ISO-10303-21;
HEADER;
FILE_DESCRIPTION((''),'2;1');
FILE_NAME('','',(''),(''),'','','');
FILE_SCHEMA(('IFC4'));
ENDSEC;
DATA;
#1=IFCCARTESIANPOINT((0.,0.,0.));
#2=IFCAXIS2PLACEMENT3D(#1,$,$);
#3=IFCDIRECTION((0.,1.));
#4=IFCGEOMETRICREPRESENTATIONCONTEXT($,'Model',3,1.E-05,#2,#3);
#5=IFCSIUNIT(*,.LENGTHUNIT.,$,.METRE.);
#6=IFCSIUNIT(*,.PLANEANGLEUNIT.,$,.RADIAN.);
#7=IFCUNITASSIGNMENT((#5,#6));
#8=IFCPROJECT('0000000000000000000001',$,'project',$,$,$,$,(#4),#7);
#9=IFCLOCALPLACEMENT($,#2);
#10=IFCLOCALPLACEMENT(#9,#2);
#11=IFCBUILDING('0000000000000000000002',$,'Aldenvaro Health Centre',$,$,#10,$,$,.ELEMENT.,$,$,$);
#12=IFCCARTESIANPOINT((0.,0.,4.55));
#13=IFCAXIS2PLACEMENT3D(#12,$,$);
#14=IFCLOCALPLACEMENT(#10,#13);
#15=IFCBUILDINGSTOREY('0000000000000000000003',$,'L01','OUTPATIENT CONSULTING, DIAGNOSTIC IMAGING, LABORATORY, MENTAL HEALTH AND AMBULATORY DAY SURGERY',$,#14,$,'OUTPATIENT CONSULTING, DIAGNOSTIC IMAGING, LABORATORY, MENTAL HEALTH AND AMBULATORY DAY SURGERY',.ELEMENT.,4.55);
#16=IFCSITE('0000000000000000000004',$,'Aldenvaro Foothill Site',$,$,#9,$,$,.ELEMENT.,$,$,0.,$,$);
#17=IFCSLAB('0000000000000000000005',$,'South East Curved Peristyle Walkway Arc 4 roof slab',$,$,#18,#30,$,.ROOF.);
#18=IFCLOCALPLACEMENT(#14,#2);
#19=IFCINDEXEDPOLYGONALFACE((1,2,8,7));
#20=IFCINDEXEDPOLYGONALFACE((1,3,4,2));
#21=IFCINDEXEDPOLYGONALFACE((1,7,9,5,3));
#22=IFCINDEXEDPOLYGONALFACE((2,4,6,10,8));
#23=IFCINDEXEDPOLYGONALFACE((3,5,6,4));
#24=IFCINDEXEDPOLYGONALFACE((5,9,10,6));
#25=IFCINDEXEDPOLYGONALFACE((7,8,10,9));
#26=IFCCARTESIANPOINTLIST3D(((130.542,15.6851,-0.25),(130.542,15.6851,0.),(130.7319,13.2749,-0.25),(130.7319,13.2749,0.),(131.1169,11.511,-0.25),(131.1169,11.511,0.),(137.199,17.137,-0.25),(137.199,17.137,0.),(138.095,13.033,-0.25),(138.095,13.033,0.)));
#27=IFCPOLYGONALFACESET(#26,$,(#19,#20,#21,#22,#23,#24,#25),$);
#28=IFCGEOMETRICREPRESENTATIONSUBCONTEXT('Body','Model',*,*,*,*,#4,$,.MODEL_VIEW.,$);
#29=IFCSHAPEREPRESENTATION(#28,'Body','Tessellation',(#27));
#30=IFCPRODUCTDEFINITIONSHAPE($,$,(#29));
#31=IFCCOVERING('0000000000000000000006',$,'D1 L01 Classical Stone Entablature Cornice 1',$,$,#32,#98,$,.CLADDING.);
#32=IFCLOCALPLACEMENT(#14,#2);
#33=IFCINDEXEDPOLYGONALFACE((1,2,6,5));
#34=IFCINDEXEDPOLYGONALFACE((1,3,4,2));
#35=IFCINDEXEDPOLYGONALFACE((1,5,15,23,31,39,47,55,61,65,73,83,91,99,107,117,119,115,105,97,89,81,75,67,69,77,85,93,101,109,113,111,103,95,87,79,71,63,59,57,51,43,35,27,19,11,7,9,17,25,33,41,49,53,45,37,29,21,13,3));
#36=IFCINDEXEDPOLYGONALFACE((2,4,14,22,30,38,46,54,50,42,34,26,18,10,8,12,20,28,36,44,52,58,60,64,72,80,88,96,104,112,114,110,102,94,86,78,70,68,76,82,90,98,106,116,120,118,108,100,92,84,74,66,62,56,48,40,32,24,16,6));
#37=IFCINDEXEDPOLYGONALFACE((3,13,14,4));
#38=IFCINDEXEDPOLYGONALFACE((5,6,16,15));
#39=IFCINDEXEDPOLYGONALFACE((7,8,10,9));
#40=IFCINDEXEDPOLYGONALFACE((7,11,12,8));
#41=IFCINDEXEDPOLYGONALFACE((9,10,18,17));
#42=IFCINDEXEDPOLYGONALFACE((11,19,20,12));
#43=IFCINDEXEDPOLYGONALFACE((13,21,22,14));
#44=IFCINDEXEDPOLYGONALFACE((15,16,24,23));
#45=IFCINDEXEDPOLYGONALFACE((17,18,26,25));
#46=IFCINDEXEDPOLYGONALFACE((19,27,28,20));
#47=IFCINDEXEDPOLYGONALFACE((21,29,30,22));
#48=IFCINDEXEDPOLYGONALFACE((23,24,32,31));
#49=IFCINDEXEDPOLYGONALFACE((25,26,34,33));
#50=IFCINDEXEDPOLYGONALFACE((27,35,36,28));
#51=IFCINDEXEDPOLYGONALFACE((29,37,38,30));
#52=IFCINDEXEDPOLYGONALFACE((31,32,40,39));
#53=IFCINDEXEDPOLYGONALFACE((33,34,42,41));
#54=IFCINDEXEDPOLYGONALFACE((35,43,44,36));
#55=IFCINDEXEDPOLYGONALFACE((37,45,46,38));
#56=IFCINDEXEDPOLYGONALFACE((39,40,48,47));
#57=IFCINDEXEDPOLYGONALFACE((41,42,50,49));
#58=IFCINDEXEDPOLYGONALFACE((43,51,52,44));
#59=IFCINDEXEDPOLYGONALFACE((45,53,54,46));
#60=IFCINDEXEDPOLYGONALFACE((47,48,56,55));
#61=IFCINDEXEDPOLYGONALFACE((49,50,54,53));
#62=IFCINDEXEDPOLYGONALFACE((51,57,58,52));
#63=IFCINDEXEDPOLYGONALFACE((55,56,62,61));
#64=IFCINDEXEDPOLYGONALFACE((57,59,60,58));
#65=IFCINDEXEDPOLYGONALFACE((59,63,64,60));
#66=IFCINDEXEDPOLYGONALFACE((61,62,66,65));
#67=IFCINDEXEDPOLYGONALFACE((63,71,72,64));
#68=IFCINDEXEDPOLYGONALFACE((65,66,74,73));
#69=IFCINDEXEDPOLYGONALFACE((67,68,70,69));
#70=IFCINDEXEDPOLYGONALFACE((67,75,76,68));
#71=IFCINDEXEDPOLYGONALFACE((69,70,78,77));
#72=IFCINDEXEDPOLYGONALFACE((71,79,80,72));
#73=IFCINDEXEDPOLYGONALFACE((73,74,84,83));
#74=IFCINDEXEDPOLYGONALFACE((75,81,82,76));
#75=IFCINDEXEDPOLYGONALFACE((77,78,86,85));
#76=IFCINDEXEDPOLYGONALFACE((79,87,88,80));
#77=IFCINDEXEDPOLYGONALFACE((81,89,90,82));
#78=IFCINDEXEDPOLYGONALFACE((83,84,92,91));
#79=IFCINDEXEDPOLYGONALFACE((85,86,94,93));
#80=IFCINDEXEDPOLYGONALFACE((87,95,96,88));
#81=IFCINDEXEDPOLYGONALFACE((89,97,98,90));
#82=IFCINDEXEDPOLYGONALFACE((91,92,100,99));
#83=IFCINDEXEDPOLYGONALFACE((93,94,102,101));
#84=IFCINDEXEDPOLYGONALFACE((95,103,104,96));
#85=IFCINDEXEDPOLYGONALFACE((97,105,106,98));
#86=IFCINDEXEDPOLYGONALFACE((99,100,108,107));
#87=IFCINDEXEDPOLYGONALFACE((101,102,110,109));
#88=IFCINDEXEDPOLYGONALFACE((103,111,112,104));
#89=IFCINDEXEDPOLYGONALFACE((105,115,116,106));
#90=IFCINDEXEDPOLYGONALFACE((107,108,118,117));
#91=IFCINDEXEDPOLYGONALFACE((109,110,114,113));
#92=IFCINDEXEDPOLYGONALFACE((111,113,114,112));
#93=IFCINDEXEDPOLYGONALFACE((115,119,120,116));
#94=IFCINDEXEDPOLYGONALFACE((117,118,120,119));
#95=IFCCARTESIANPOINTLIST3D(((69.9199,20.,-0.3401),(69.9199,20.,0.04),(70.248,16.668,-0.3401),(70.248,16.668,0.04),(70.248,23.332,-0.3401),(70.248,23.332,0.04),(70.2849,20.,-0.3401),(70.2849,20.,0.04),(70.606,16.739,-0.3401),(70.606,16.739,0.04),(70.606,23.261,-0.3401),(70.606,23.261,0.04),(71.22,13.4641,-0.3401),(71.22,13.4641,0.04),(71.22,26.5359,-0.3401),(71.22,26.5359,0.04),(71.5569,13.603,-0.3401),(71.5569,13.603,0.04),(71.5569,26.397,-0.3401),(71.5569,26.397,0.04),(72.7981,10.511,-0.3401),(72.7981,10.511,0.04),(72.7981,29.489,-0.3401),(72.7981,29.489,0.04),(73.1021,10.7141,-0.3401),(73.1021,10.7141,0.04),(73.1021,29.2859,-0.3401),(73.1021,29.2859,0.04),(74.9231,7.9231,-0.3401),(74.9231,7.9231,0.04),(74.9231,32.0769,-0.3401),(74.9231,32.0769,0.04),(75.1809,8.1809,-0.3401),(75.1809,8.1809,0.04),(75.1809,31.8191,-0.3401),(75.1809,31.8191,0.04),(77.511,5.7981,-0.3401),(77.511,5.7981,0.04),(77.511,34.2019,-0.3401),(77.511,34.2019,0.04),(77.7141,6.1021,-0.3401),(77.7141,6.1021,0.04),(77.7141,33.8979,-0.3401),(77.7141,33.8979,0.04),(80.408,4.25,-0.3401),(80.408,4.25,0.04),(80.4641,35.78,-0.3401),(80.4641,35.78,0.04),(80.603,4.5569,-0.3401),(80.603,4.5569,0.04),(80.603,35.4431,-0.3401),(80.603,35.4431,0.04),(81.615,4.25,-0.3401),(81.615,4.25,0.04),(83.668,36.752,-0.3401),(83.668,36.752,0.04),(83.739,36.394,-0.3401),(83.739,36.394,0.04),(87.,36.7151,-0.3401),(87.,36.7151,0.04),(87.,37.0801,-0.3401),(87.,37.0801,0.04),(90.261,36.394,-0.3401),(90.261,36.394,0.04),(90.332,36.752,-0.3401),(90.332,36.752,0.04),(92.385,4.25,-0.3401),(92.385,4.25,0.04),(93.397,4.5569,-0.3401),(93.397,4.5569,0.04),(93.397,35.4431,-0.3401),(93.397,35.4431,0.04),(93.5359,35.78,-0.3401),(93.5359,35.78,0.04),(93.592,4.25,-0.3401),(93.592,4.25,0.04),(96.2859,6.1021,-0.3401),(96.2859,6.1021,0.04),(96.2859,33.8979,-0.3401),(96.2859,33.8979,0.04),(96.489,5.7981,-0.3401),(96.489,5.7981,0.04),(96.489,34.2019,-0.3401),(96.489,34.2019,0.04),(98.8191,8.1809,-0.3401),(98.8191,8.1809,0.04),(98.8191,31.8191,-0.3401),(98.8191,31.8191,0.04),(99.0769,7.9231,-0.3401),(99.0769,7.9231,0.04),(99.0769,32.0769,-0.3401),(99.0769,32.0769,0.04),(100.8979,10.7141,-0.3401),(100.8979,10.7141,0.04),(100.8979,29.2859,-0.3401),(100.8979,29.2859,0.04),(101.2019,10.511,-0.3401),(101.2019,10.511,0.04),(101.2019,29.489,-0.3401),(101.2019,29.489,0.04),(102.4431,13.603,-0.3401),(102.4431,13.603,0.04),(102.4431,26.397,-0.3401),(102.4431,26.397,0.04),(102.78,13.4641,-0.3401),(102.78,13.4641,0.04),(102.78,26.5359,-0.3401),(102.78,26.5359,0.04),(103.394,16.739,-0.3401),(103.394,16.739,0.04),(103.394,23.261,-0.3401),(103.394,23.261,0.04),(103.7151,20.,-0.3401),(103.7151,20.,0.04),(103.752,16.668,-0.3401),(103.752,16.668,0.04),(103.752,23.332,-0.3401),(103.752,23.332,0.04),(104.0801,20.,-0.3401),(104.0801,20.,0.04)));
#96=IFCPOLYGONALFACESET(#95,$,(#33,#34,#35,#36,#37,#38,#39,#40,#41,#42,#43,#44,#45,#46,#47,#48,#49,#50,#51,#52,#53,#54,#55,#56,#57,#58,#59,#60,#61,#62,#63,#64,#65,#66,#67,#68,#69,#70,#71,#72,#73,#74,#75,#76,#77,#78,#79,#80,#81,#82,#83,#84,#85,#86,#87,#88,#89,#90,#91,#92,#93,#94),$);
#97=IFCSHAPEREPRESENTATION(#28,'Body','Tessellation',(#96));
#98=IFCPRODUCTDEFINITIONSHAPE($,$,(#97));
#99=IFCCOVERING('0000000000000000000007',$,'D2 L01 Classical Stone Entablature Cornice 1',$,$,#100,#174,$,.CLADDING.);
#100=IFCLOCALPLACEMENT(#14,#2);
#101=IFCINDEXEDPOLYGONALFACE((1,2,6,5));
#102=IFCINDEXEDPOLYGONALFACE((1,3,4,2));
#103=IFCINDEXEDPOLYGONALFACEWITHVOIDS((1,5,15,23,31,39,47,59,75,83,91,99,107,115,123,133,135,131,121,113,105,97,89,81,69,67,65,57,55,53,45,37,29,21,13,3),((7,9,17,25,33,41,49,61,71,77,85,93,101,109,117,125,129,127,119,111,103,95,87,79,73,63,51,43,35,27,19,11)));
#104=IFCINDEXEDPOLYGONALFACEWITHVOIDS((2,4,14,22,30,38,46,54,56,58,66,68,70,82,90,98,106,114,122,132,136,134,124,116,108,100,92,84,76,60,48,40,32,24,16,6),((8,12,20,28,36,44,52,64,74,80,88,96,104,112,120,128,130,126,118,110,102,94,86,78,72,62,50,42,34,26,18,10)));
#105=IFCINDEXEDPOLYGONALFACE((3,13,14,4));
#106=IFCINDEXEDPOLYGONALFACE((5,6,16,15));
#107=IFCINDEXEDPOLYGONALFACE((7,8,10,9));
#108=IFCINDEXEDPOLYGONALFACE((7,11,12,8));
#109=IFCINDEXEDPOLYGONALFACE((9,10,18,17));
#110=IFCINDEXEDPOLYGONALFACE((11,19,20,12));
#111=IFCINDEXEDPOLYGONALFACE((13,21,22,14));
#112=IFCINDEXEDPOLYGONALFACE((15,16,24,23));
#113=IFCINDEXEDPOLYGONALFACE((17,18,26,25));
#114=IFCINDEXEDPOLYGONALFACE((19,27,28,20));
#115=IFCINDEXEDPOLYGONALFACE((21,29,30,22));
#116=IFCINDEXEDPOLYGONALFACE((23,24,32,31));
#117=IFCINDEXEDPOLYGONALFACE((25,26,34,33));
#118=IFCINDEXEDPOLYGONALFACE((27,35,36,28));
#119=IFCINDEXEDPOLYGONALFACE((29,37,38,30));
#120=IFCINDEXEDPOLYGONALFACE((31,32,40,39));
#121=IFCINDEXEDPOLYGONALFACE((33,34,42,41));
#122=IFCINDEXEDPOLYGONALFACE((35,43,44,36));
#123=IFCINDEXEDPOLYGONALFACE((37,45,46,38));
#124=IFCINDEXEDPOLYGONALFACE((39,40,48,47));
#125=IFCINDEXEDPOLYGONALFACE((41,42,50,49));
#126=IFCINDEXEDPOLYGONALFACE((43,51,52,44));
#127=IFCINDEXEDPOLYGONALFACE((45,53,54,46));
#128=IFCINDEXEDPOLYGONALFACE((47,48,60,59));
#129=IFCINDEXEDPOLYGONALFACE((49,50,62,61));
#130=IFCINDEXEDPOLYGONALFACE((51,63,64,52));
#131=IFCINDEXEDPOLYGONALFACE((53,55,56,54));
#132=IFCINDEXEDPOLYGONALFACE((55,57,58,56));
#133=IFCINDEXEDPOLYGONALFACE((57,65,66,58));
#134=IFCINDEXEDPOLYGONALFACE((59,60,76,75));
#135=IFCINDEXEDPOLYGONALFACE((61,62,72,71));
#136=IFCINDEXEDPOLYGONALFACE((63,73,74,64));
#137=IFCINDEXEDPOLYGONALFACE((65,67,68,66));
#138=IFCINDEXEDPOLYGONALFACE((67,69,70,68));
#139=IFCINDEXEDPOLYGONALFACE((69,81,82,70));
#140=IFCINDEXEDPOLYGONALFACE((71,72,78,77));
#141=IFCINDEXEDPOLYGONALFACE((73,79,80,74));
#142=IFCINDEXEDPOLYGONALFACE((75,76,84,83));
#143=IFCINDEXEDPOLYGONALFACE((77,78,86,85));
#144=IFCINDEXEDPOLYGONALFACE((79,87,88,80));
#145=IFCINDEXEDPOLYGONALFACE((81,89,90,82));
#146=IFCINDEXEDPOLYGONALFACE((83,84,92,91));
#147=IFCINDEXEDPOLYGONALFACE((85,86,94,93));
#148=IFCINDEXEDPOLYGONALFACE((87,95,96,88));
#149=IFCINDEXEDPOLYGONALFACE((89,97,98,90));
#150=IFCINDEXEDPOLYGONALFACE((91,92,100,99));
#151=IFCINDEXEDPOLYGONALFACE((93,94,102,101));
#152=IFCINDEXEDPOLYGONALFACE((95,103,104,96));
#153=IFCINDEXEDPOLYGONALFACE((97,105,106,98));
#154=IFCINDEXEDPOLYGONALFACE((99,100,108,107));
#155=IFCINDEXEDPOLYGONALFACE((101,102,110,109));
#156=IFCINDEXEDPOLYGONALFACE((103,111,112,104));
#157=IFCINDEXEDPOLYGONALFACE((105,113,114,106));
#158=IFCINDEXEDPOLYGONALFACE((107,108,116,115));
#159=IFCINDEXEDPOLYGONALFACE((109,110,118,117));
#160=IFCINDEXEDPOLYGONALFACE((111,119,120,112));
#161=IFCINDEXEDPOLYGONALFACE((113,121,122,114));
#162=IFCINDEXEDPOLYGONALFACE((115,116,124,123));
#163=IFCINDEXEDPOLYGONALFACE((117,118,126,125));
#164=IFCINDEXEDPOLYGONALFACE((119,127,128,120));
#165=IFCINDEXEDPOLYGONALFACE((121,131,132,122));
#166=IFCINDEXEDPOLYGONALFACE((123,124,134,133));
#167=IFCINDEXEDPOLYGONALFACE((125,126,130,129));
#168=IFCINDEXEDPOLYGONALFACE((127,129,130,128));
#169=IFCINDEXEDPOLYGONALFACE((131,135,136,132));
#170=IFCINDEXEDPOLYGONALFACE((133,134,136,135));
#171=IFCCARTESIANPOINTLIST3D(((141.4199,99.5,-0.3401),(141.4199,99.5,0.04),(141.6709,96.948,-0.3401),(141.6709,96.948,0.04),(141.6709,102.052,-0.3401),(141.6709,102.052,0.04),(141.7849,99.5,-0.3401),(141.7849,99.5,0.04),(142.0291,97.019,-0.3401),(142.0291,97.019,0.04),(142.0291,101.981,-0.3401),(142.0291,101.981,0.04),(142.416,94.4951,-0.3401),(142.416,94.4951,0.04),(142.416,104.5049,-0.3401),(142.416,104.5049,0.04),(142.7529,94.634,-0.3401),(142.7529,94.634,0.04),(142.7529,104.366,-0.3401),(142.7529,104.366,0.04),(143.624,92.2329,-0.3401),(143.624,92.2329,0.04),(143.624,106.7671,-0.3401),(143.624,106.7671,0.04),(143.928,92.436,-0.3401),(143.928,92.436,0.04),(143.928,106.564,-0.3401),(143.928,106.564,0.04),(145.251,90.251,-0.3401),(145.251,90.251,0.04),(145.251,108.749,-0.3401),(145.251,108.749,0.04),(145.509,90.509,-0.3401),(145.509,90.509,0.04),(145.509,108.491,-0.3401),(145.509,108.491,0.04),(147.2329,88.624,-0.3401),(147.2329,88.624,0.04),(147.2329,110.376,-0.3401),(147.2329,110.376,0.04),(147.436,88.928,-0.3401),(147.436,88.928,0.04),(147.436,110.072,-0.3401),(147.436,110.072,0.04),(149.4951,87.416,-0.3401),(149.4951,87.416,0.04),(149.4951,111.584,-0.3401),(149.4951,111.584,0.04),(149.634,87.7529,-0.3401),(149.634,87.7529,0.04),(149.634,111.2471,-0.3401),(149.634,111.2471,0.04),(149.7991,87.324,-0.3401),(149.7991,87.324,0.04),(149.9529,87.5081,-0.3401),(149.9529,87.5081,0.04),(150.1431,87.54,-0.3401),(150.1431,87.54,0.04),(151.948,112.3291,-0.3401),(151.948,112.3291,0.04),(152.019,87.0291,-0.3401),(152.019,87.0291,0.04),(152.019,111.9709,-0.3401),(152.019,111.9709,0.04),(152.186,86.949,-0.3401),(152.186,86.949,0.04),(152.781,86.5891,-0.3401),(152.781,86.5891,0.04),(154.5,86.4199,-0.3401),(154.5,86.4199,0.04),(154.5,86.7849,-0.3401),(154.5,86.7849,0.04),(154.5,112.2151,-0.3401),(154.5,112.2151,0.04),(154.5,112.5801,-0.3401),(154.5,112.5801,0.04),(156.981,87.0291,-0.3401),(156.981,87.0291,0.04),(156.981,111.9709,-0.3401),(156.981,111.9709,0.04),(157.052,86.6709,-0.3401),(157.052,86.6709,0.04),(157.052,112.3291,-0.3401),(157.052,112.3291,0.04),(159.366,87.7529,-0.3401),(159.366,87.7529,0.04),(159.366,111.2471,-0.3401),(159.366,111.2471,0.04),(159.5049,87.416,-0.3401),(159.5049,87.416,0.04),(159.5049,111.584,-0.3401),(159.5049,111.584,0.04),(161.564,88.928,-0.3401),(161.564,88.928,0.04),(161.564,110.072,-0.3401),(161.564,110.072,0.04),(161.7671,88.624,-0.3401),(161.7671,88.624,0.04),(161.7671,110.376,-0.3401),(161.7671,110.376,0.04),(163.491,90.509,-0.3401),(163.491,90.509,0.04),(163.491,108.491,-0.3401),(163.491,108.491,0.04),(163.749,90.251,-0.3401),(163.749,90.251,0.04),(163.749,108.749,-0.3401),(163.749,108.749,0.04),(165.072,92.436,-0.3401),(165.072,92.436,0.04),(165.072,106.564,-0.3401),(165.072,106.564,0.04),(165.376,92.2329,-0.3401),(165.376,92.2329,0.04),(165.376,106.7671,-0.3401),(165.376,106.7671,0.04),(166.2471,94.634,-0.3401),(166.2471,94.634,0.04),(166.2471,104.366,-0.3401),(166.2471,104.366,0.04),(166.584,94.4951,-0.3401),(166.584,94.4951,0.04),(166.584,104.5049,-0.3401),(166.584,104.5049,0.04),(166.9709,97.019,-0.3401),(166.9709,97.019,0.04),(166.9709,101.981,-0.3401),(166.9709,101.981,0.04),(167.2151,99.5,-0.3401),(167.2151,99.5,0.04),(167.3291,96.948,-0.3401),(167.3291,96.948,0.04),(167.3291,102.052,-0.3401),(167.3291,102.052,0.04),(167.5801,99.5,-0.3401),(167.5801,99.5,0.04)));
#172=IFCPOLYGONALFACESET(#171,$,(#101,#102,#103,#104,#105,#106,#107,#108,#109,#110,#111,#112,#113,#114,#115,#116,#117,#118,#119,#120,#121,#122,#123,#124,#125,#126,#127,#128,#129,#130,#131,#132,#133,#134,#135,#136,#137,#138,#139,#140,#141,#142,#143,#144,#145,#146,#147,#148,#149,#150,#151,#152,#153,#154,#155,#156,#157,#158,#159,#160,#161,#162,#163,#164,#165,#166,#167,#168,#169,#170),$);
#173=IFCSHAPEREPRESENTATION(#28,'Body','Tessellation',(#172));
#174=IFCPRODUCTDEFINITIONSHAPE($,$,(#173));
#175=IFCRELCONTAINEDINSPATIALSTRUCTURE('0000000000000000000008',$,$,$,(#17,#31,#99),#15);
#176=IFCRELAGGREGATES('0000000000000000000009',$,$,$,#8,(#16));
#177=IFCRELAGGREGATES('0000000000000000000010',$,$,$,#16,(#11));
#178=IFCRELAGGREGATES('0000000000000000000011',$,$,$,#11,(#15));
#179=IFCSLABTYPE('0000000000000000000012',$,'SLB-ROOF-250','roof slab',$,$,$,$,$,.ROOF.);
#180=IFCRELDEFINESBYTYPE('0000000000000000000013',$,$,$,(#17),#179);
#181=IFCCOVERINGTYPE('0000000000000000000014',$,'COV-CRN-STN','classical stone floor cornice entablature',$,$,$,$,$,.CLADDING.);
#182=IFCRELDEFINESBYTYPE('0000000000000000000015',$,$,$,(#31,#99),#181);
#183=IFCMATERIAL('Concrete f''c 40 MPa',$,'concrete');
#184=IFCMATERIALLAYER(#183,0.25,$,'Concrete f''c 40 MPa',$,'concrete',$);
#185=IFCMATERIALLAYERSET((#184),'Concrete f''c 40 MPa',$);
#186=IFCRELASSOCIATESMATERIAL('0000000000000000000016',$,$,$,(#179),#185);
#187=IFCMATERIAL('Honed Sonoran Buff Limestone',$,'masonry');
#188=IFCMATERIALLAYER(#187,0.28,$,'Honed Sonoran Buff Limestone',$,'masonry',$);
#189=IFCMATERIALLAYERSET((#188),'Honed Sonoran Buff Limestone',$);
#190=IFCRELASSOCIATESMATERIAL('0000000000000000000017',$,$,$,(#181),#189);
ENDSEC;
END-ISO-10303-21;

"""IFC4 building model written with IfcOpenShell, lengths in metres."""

from ifc_helpers import new_model, si_unit, direction, frame, origin, place, context, subcontext, project, spatial, polyline, outline, extrude, material, layer, layer_set, type_object, element, save


model = new_model("IFC4")

# Units and contexts
model_context = context("Model", 3, precision=1e-05, world=origin(), true_north=direction((0.0, 1.0)))
body_context = subcontext(model_context, "Body", "Model", "MODEL_VIEW")
ifc_project = project(units=[si_unit("LENGTHUNIT", "METRE"), si_unit("PLANEANGLEUNIT", "RADIAN")], contexts=[model_context])

# Site, building, storey
site_placement = place(None, origin())
site = spatial("IfcSite", under=ifc_project, at=site_placement, Name="Aldenvaro Foothill Site", CompositionType="ELEMENT", RefElevation=0.0)
building_placement = place(site_placement, origin())
building = spatial("IfcBuilding", under=site, at=building_placement, Name="Aldenvaro Health Centre", CompositionType="ELEMENT")
storey_placement = place(building_placement, frame((0.0, 0.0, 4.55)))
storey = spatial("IfcBuildingStorey", under=building, at=storey_placement, Name="L01", Description="OUTPATIENT CONSULTING, DIAGNOSTIC IMAGING, LABORATORY, MENTAL HEALTH AND AMBULATORY DAY SURGERY", LongName="OUTPATIENT CONSULTING, DIAGNOSTIC IMAGING, LABORATORY, MENTAL HEALTH AND AMBULATORY DAY SURGERY", CompositionType="ELEMENT", Elevation=4.55)

# Slab
ifc_material_1 = material(Name="Concrete f'c 40 MPa", Category="concrete")
ifc_layer_1 = layer(ifc_material_1, 0.25, Name="Concrete f'c 40 MPa", Category="concrete")
ifc_layer_set_1 = layer_set([ifc_layer_1], Name="Concrete f'c 40 MPa")
slab_type = type_object("IfcSlabType", Name="SLB-ROOF-250", Description="roof slab", PredefinedType="ROOF", material=ifc_layer_set_1)
slab_1_placement = place(storey_placement, frame((0.0, 0.0, -0.25)))
element("IfcSlab", 1, at=slab_1_placement, inside=storey, type_object=slab_type, Name="South East Curved Peristyle Walkway Arc 4 roof slab", PredefinedType="ROOF", context=body_context, shape_type="SweptSolid", body=[
    extrude(outline(polyline([(137.199, 17.137), (138.095, 13.033), (131.1169, 11.511), (130.7319, 13.2749), (130.542, 15.6851), (137.199, 17.137)])), origin(), (0.0, 0.0, 1.0), 0.25),
])

# Coverings
ifc_material_2 = material(Name="Honed Sonoran Buff Limestone", Category="masonry")
ifc_layer_2 = layer(ifc_material_2, 0.28, Name="Honed Sonoran Buff Limestone", Category="masonry")
ifc_layer_set_2 = layer_set([ifc_layer_2], Name="Honed Sonoran Buff Limestone")
covering_type = type_object("IfcCoveringType", Name="COV-CRN-STN", Description="classical stone floor cornice entablature", PredefinedType="CLADDING", material=ifc_layer_set_2)
covering_1_placement = place(storey_placement, frame((0.0, 0.0, -0.3401)))
element("IfcCovering", 2, at=covering_1_placement, inside=storey, type_object=covering_type, Name="D1 L01 Classical Stone Entablature Cornice 1", PredefinedType="CLADDING", context=body_context, shape_type="SweptSolid", body=[
    extrude(outline(polyline([(77.511, 5.7981), (74.9231, 7.9231), (72.7981, 10.511), (71.22, 13.4641), (70.248, 16.668), (69.9199, 20.0), (70.248, 23.332), (71.22, 26.5359), (72.7981, 29.489), (74.9231, 32.0769), (77.511, 34.2019), (80.4641, 35.78), (83.668, 36.752), (87.0, 37.0801), (90.332, 36.752), (93.5359, 35.78), (96.489, 34.2019), (99.0769, 32.0769), (101.2019, 29.489), (102.78, 26.5359), (103.752, 23.332), (104.0801, 20.0), (103.752, 16.668), (102.78, 13.4641), (101.2019, 10.511), (99.0769, 7.9231), (96.489, 5.7981), (93.592, 4.25), (92.385, 4.25), (93.397, 4.5569), (96.2859, 6.1021), (98.8191, 8.1809), (100.8979, 10.7141), (102.4431, 13.603), (103.394, 16.739), (103.7151, 20.0), (103.394, 23.261), (102.4431, 26.397), (100.8979, 29.2859), (98.8191, 31.8191), (96.2859, 33.8979), (93.397, 35.4431), (90.261, 36.394), (87.0, 36.7151), (83.739, 36.394), (80.603, 35.4431), (77.7141, 33.8979), (75.1809, 31.8191), (73.1021, 29.2859), (71.5569, 26.397), (70.606, 23.261), (70.2849, 20.0), (70.606, 16.739), (71.5569, 13.603), (73.1021, 10.7141), (75.1809, 8.1809), (77.7141, 6.1021), (80.603, 4.5569), (81.615, 4.25), (80.408, 4.25), (77.511, 5.7981)])), origin(), (0.0, 0.0, 1.0), 0.3801),
])
covering_2_placement = place(storey_placement, frame((0.0, 0.0, -0.3401)))
element("IfcCovering", 3, at=covering_2_placement, inside=storey, type_object=covering_type, Name="D2 L01 Classical Stone Entablature Cornice 1", PredefinedType="CLADDING", context=body_context, shape_type="SweptSolid", body=[
    extrude(outline(polyline([(149.4951, 87.416), (147.2329, 88.624), (145.251, 90.251), (143.624, 92.2329), (142.416, 94.4951), (141.6709, 96.948), (141.4199, 99.5), (141.6709, 102.052), (142.416, 104.5049), (143.624, 106.7671), (145.251, 108.749), (147.2329, 110.376), (149.4951, 111.584), (151.948, 112.3291), (154.5, 112.5801), (157.052, 112.3291), (159.5049, 111.584), (161.7671, 110.376), (163.749, 108.749), (165.376, 106.7671), (166.584, 104.5049), (167.3291, 102.052), (167.5801, 99.5), (167.3291, 96.948), (166.584, 94.4951), (165.376, 92.2329), (163.749, 90.251), (161.7671, 88.624), (159.5049, 87.416), (157.052, 86.6709), (154.5, 86.4199), (152.781, 86.5891), (152.186, 86.949), (150.1431, 87.54), (149.9529, 87.5081), (149.7991, 87.324), (149.4951, 87.416)]), holes=[polyline([(166.9709, 101.981), (166.2471, 104.366), (165.072, 106.564), (163.491, 108.491), (161.564, 110.072), (159.366, 111.2471), (156.981, 111.9709), (154.5, 112.2151), (152.019, 111.9709), (149.634, 111.2471), (147.436, 110.072), (145.509, 108.491), (143.928, 106.564), (142.7529, 104.366), (142.0291, 101.981), (141.7849, 99.5), (142.0291, 97.019), (142.7529, 94.634), (143.928, 92.436), (145.509, 90.509), (147.436, 88.928), (149.634, 87.7529), (152.019, 87.0291), (154.5, 86.7849), (156.981, 87.0291), (159.366, 87.7529), (161.564, 88.928), (163.491, 90.509), (165.072, 92.436), (166.2471, 94.634), (166.9709, 97.019), (167.2151, 99.5), (166.9709, 101.981)])]), origin(), (0.0, 0.0, 1.0), 0.3801),
])

save(model, "model.ifc")
